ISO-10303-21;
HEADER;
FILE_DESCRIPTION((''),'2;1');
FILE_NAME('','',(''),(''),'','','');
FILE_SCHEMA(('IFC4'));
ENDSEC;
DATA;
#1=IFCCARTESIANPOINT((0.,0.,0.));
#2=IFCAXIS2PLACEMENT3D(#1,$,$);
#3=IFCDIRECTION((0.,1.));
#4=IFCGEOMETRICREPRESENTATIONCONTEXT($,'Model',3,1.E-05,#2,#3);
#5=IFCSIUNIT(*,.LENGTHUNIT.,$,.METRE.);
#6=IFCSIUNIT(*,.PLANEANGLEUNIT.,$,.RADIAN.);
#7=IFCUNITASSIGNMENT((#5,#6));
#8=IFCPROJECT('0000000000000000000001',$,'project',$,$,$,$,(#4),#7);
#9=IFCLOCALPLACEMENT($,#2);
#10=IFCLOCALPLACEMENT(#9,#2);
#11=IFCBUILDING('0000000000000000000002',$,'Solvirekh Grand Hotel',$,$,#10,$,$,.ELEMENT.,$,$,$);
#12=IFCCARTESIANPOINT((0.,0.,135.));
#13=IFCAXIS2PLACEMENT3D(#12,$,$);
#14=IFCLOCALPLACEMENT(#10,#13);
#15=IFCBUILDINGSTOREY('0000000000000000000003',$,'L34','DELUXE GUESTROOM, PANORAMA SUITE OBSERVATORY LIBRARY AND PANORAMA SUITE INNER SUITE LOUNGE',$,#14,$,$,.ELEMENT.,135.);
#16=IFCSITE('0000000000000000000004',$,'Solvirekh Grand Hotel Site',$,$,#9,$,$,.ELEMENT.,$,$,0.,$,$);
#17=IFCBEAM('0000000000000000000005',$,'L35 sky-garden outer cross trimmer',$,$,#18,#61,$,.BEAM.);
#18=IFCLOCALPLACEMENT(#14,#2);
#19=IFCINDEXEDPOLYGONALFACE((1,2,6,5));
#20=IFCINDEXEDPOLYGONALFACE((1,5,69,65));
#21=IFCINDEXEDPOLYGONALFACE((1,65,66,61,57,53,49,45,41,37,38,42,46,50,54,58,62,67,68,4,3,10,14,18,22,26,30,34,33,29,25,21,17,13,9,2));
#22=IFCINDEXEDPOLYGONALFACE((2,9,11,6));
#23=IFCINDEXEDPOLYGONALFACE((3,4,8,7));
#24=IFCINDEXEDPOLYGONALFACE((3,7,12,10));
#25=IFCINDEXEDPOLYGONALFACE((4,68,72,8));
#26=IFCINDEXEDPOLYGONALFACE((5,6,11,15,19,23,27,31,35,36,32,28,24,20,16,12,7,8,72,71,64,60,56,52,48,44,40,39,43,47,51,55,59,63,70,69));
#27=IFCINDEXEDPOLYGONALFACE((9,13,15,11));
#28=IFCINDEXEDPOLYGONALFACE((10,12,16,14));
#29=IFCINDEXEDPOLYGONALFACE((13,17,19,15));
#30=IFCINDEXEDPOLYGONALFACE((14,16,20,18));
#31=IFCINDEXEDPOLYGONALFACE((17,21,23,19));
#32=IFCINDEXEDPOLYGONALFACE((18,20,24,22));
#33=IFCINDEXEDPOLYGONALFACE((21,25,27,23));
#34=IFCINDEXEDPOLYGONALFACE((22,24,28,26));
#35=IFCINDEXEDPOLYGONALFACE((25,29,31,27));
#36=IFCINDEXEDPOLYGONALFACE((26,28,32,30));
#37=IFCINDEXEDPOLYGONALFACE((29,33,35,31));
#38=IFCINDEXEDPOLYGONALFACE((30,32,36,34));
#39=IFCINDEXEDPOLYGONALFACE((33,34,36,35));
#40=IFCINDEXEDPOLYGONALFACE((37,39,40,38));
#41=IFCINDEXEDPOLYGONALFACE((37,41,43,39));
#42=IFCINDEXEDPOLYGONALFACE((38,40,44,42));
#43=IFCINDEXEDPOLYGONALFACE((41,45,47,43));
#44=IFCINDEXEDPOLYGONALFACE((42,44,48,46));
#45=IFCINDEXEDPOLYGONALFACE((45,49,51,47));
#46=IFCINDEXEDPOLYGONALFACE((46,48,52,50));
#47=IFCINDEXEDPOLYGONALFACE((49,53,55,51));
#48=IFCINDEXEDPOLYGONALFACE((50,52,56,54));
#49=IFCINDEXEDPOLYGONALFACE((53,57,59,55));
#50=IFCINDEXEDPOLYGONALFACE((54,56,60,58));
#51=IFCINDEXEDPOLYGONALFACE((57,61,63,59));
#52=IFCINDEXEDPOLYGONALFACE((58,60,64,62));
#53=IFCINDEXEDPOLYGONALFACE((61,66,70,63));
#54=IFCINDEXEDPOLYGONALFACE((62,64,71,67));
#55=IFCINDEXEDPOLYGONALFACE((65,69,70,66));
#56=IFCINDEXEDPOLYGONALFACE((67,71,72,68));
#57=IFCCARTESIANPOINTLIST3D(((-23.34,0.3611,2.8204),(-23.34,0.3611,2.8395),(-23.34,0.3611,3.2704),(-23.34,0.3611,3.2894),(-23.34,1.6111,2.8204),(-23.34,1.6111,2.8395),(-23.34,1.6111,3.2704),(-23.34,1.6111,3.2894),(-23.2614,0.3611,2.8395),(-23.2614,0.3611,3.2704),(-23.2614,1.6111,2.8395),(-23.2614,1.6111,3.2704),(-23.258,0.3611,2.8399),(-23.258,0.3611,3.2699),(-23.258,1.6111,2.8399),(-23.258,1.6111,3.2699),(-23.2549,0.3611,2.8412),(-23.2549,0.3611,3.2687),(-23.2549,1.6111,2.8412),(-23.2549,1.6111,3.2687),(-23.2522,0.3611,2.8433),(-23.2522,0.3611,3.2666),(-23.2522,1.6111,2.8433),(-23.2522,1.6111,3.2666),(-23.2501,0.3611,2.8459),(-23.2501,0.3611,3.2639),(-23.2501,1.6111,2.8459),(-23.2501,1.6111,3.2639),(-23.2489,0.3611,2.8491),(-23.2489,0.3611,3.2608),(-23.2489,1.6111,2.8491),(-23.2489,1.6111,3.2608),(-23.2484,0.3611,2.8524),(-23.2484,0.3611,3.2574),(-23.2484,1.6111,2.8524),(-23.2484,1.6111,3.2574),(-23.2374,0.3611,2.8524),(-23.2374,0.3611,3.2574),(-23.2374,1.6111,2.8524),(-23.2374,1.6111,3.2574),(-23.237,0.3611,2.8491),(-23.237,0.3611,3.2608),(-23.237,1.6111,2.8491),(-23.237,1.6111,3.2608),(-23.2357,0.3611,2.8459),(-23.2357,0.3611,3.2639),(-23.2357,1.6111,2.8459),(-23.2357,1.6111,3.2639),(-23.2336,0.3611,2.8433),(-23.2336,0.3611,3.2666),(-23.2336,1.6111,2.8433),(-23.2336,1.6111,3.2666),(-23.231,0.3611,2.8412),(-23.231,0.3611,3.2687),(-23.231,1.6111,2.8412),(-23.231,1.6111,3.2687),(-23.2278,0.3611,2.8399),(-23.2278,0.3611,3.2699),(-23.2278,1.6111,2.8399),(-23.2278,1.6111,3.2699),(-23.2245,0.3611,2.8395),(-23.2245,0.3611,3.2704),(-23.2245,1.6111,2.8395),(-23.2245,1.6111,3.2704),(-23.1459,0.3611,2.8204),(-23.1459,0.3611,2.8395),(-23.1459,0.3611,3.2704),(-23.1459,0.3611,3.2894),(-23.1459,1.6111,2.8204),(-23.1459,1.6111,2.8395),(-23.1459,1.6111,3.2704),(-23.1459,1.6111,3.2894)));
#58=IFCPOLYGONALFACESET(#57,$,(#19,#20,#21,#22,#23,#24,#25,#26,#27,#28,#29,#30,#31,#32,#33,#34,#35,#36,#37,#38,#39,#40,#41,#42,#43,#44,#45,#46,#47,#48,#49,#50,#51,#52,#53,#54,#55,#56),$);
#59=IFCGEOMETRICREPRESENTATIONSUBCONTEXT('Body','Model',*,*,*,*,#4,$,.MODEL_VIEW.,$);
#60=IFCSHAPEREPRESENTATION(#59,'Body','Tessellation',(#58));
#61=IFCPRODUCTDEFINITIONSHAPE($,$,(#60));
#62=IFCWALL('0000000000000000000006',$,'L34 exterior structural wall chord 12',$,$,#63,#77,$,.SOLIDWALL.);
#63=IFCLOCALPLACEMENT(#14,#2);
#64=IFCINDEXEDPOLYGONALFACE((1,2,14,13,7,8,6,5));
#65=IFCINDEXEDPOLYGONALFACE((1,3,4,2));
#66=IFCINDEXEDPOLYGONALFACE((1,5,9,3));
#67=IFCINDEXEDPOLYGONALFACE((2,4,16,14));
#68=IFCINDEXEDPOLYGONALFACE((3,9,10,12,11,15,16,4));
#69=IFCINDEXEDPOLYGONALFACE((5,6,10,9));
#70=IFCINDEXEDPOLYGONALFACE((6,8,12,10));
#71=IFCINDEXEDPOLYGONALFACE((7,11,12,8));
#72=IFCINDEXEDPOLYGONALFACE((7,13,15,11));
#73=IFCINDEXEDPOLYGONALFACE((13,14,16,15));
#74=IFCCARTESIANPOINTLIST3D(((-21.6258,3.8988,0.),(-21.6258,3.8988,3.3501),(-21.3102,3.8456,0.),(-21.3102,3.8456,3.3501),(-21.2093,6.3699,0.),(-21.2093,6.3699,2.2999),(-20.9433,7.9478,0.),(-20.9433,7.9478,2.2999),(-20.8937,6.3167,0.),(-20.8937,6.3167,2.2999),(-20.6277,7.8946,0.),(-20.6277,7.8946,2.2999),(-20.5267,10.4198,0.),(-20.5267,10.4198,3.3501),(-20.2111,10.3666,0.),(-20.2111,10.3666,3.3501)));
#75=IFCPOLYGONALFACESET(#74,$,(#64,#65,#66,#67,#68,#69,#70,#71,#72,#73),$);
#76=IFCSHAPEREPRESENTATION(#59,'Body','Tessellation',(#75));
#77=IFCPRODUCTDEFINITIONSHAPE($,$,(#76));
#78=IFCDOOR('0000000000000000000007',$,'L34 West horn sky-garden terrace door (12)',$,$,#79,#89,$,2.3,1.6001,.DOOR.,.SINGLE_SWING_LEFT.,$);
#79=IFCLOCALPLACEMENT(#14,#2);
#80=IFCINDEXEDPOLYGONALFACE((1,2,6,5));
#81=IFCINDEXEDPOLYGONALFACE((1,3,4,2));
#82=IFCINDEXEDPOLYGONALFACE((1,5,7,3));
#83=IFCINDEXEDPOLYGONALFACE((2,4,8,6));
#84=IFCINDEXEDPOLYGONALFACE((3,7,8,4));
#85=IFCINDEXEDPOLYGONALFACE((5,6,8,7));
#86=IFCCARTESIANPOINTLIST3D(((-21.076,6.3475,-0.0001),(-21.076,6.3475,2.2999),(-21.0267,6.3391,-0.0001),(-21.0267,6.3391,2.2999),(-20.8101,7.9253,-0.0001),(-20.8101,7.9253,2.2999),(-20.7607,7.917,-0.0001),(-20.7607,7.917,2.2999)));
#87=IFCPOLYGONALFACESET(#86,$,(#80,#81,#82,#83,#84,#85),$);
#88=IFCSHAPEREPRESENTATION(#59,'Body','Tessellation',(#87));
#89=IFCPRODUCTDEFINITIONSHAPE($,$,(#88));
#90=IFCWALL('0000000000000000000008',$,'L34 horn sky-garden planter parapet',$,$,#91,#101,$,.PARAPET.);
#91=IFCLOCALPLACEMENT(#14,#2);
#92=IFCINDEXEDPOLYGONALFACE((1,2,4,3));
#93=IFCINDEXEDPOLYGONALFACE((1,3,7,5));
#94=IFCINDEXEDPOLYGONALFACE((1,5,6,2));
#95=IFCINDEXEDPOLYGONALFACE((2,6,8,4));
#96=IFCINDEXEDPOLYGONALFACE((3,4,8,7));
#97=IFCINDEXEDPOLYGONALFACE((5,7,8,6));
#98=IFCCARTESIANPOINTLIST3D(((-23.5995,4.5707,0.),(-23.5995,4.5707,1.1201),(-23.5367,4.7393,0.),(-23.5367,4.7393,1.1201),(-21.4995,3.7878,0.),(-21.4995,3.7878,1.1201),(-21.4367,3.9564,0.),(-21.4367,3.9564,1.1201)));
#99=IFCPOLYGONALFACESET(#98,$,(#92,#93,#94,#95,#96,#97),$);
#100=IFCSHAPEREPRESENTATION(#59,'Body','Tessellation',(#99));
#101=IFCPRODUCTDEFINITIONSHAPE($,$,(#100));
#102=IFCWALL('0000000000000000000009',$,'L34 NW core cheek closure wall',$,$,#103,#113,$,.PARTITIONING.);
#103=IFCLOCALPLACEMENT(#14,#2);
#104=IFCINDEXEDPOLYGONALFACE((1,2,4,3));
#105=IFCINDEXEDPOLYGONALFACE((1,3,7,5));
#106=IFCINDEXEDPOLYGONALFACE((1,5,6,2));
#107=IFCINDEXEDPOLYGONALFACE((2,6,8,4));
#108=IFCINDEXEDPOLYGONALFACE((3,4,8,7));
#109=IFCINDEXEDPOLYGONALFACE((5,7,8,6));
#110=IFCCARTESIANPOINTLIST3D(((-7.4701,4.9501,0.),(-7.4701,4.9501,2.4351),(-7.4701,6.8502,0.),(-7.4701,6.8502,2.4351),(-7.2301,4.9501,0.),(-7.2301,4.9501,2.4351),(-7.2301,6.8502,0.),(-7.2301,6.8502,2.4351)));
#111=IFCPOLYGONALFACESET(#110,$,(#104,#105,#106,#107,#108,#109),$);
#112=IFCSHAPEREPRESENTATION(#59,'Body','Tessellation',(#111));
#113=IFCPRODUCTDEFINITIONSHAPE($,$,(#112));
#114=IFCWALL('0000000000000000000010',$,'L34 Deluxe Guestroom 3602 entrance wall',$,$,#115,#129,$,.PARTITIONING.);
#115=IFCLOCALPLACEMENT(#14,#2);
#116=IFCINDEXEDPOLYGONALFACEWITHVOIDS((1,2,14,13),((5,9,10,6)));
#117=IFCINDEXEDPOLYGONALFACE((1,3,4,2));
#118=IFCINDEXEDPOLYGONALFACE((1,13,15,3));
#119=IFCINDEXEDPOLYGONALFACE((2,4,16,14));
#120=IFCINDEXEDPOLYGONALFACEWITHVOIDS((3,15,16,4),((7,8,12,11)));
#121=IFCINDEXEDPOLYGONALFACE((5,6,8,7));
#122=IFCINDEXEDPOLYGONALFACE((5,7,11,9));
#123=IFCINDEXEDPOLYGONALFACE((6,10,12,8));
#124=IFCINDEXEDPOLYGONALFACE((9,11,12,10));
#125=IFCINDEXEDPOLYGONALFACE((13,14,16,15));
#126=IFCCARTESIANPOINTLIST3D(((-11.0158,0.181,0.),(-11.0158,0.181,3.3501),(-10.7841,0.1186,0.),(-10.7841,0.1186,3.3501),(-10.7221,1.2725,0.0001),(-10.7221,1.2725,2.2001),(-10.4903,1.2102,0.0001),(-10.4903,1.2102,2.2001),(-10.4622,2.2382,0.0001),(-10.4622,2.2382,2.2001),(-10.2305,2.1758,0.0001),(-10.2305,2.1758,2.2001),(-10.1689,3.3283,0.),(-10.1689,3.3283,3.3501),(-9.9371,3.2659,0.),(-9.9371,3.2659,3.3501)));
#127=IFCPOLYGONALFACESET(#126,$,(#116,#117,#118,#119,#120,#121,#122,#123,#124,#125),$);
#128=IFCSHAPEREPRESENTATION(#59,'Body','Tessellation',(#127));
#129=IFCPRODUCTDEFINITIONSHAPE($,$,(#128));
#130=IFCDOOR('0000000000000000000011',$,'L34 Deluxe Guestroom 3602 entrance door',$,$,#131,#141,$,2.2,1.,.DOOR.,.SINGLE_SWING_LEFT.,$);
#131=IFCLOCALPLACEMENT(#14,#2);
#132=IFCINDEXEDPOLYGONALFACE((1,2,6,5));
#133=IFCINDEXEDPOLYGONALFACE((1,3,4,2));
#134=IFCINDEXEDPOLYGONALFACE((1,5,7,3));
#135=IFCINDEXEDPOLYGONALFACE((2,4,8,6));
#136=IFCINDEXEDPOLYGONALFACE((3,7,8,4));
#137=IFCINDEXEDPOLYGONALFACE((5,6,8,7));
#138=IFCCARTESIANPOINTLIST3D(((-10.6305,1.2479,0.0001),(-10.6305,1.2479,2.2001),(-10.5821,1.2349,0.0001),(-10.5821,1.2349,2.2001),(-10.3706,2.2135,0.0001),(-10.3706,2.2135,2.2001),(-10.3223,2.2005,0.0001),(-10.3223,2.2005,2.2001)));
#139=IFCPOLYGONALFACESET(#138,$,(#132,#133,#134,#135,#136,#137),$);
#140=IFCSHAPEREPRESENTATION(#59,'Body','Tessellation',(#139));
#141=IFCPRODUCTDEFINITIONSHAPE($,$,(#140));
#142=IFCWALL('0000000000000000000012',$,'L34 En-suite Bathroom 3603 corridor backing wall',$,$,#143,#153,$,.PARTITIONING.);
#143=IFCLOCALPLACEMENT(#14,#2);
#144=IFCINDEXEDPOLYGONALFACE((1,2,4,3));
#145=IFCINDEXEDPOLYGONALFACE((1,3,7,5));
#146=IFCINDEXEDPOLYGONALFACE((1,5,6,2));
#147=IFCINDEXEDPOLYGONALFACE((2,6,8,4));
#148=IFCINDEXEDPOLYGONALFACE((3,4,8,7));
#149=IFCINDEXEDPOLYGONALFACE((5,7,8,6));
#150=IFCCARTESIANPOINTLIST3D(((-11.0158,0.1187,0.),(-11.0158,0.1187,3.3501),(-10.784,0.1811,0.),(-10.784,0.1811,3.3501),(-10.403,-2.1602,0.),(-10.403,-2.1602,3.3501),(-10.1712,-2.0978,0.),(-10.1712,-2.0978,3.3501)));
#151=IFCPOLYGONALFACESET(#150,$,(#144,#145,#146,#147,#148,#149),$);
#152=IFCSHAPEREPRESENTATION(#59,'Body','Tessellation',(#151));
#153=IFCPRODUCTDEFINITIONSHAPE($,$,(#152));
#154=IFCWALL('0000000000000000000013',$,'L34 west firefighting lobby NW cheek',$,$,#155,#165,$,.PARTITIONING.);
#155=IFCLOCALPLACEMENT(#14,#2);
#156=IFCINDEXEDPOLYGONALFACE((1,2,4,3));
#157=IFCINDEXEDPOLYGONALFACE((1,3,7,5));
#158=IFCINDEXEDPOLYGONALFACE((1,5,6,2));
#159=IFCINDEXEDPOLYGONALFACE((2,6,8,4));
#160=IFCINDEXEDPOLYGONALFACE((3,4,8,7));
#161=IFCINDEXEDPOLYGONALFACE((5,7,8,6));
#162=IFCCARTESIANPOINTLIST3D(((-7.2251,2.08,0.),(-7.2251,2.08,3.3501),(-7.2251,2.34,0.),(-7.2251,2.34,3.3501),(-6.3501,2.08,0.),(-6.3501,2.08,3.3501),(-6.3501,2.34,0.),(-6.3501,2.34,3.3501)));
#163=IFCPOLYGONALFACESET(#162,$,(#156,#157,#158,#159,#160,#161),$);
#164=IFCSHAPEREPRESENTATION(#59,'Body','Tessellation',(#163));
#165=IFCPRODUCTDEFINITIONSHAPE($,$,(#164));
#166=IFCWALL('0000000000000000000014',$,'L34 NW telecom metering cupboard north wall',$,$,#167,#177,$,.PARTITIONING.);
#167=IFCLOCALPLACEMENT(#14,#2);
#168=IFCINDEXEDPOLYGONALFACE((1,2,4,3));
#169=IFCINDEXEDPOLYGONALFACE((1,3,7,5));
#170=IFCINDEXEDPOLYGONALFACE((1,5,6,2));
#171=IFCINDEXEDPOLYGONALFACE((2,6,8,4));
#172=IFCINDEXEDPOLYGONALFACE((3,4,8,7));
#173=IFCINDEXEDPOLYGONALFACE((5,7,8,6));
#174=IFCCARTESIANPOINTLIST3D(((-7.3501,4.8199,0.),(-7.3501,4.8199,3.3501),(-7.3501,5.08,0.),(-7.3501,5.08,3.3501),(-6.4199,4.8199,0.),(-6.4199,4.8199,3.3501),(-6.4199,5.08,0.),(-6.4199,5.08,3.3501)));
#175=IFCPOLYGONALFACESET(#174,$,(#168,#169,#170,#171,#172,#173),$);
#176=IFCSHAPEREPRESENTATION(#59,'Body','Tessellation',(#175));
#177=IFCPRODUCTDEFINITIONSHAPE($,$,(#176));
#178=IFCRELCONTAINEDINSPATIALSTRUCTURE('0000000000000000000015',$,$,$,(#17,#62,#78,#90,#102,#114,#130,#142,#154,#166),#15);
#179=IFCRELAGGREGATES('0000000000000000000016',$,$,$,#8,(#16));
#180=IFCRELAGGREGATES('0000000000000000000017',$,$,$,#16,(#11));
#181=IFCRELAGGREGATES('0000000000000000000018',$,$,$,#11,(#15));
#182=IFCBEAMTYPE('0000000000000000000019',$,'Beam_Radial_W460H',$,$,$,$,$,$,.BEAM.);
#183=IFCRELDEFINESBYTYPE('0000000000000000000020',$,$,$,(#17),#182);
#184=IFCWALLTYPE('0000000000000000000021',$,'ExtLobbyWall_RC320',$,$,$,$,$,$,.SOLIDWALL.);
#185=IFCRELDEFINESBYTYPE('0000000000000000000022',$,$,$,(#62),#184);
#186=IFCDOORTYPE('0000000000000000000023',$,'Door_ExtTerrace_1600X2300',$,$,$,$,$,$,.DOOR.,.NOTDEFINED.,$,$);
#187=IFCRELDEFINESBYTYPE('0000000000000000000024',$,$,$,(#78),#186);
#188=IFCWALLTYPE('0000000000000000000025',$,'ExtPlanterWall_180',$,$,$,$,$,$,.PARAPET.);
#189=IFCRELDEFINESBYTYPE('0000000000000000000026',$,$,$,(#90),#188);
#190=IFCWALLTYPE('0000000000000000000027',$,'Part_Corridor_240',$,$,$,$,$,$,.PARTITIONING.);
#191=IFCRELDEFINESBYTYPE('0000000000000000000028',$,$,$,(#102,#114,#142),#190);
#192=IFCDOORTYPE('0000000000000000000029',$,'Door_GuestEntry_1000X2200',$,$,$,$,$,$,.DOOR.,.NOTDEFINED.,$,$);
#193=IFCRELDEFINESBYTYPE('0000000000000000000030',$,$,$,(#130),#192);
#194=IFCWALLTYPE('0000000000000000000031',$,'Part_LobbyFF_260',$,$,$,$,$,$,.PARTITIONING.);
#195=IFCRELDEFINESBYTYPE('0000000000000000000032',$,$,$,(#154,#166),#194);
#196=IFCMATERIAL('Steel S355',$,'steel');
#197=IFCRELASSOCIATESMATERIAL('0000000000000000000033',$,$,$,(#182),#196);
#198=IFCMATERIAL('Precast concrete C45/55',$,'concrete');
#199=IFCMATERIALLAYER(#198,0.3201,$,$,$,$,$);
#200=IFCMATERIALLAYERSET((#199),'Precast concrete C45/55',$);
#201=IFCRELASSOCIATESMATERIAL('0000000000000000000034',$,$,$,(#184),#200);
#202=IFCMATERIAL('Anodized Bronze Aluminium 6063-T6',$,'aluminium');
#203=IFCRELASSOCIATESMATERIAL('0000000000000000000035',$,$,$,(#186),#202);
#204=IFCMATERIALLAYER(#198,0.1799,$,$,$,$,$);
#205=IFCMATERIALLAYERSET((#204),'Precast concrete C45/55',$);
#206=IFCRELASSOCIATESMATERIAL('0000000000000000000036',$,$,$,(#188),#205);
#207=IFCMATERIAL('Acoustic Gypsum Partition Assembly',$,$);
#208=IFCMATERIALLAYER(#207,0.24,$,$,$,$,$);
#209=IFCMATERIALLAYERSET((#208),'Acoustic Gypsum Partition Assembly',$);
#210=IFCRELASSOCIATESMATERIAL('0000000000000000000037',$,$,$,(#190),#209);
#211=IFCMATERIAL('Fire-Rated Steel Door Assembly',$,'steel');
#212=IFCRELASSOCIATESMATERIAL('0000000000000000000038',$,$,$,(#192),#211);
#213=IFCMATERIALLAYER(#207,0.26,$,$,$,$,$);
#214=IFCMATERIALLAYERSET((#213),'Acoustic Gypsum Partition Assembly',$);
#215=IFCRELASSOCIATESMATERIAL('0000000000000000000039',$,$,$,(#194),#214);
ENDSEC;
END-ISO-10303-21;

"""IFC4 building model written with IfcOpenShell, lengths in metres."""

from ifc_helpers import new_model, si_unit, direction, frame, frame_2d, origin, origin_2d, place, context, subcontext, project, spatial, rectangle, i_section, extrude, material, layer, layer_set, material_profile, profile_set, type_object, element, fill, save


model = new_model("IFC4")

# Units and contexts
model_context = context("Model", 3, precision=1e-05, world=origin(), true_north=direction((0.0, 1.0)))
body_context = subcontext(model_context, "Body", "Model", "MODEL_VIEW")
ifc_project = project(units=[si_unit("LENGTHUNIT", "METRE"), si_unit("PLANEANGLEUNIT", "RADIAN")], contexts=[model_context])

# Site, building, storey
site_placement = place(None, origin())
site = spatial("IfcSite", under=ifc_project, at=site_placement, Name="Solvirekh Grand Hotel Site", CompositionType="ELEMENT", RefElevation=0.0)
building_placement = place(site_placement, origin())
building = spatial("IfcBuilding", under=site, at=building_placement, Name="Solvirekh Grand Hotel", CompositionType="ELEMENT")
storey_placement = place(building_placement, frame((0.0, 0.0, 135.0)))
storey = spatial("IfcBuildingStorey", under=building, at=storey_placement, Name="L34", Description="DELUXE GUESTROOM, PANORAMA SUITE OBSERVATORY LIBRARY AND PANORAMA SUITE INNER SUITE LOUNGE", CompositionType="ELEMENT", Elevation=135.0)

# Beam
ifc_material_1 = material(Name="Steel S355", Category="steel")
ifc_material_profile = material_profile(ifc_material_1, i_section(OverallWidth=0.1941, OverallDepth=0.469, WebThickness=0.011, FlangeThickness=0.019, FilletRadius=0.0129, at=origin_2d()), Name="W460X106")
ifc_profile_set = profile_set([ifc_material_profile], Name="Steel S355")
beam_type = type_object("IfcBeamType", Name="Beam_Radial_W460H", PredefinedType="BEAM", material=ifc_profile_set)
beam_placement = place(storey_placement, frame((-23.2429, 1.6111, 3.0549), z_axis=(0.0, -1.0, 0.0), x_axis=(1.0, 0.0, 0.0)))
element("IfcBeam", 1, at=beam_placement, inside=storey, type_object=beam_type, Name="L35 sky-garden outer cross trimmer", PredefinedType="BEAM", context=body_context, shape_type="SweptSolid", body=[
    extrude(i_section(OverallWidth=0.1941, OverallDepth=0.469, WebThickness=0.011, FlangeThickness=0.019, FilletRadius=0.0129, at=origin_2d()), origin(), (0.0, 0.0, 1.0), 1.25),
])

# Wall, opening, door
ifc_material_2 = material(Name="Precast concrete C45/55", Category="concrete")
ifc_layer_1 = layer(ifc_material_2, 0.3201)
ifc_layer_set_1 = layer_set([ifc_layer_1], Name="Precast concrete C45/55")
wall_type_1 = type_object("IfcWallType", Name="ExtLobbyWall_RC320", PredefinedType="SOLIDWALL", material=ifc_layer_set_1)
wall_1_placement = place(storey_placement, frame((-21.468, 3.8721, 0.0), z_axis=(0.0, 0.0, 1.0), x_axis=(0.166207, 0.986091, 0.0)))
wall_1 = element("IfcWall", 2, at=wall_1_placement, inside=storey, type_object=wall_type_1, Name="L34 exterior structural wall chord 12", PredefinedType="SOLIDWALL", context=body_context, shape_type="SweptSolid", body=[
    extrude(rectangle(XDim=6.613, YDim=0.3201, at=frame_2d((3.3066, 0.0))), origin(), (0.0, 0.0, 1.0), 3.3501),
])
opening_1_placement = place(wall_1_placement, frame((2.5061, 0.0, 0.0)))
opening_1 = element("IfcOpeningElement", 3, at=opening_1_placement, cuts=wall_1, PredefinedType="OPENING", context=body_context, shape_type="SweptSolid", body=[
    extrude(rectangle(XDim=1.6001, YDim=2.3, at=frame_2d((0.8, 1.1499))), frame((0.0, 0.1699, 0.0), z_axis=(0.0, -1.0, 0.0), x_axis=(1.0, 0.0, 0.0)), (0.0, 0.0, 1.0), 0.3401),
])
ifc_material_3 = material(Name="Anodized Bronze Aluminium 6063-T6", Category="aluminium")
door_type_1 = type_object("IfcDoorType", Name="Door_ExtTerrace_1600X2300", OperationType="NOTDEFINED", PredefinedType="DOOR", material=ifc_material_3)
door_1_placement = place(opening_1_placement, origin())
door_1 = element("IfcDoor", 4, at=door_1_placement, inside=storey, type_object=door_type_1, Name="L34 West horn sky-garden terrace door (12)", OperationType="SINGLE_SWING_LEFT", OverallHeight=2.3, OverallWidth=1.6001, PredefinedType="DOOR", context=body_context, shape_type="SweptSolid", body=[
    extrude(rectangle(XDim=1.6001, YDim=2.3, at=frame_2d((0.8, 1.1499))), frame((0.0, 0.0249, 0.0), z_axis=(0.0, -1.0, 0.0), x_axis=(1.0, 0.0, 0.0)), (0.0, 0.0, 1.0), 0.05),
])
fill(opening_1, door_1)

# Walls
ifc_layer_2 = layer(ifc_material_2, 0.1799)
ifc_layer_set_2 = layer_set([ifc_layer_2], Name="Precast concrete C45/55")
wall_type_2 = type_object("IfcWallType", Name="ExtPlanterWall_180", PredefinedType="PARAPET", material=ifc_layer_set_2)
wall_2_placement = place(storey_placement, frame((-23.5681, 4.655, 0.0), z_axis=(0.0, 0.0, 1.0), x_axis=(0.936999, -0.349332, 0.0)))
element("IfcWall", 5, at=wall_2_placement, inside=storey, type_object=wall_type_2, Name="L34 horn sky-garden planter parapet", PredefinedType="PARAPET", context=body_context, shape_type="SweptSolid", body=[
    extrude(rectangle(XDim=2.2412, YDim=0.1799, at=frame_2d((1.1206, 0.0))), origin(), (0.0, 0.0, 1.0), 1.1201),
])
ifc_material_4 = material(Name="Acoustic Gypsum Partition Assembly")
ifc_layer_3 = layer(ifc_material_4, 0.24)
ifc_layer_set_3 = layer_set([ifc_layer_3], Name="Acoustic Gypsum Partition Assembly")
wall_type_3 = type_object("IfcWallType", Name="Part_Corridor_240", PredefinedType="PARTITIONING", material=ifc_layer_set_3)
wall_3_placement = place(storey_placement, frame((-7.3501, 4.95, 0.0), z_axis=(0.0, 0.0, 1.0), x_axis=(0.0, 1.0, 0.0)))
element("IfcWall", 6, at=wall_3_placement, inside=storey, type_object=wall_type_3, Name="L34 NW core cheek closure wall", PredefinedType="PARTITIONING", context=body_context, shape_type="SweptSolid", body=[
    extrude(rectangle(XDim=1.9001, YDim=0.24, at=frame_2d((0.9502, 0.0))), origin(), (0.0, 0.0, 1.0), 2.4351),
])

# Wall, opening, door
wall_4_placement = place(storey_placement, frame((-10.053, 3.2971, 0.0), z_axis=(0.0, 0.0, 1.0), x_axis=(-0.259858, -0.965647, 0.0)))
wall_4 = element("IfcWall", 7, at=wall_4_placement, inside=storey, type_object=wall_type_3, Name="L34 Deluxe Guestroom 3602 entrance wall", PredefinedType="PARTITIONING", context=body_context, shape_type="SweptSolid", body=[
    extrude(rectangle(XDim=3.2593, YDim=0.24, at=frame_2d((1.6296, 0.0))), origin(), (0.0, 0.0, 1.0), 3.3501),
])
opening_2_placement = place(wall_4_placement, frame((1.1289, 0.0, 0.0)))
opening_2 = element("IfcOpeningElement", 8, at=opening_2_placement, cuts=wall_4, PredefinedType="OPENING", context=body_context, shape_type="SweptSolid", body=[
    extrude(rectangle(XDim=1.0, YDim=2.2, at=frame_2d((0.5, 1.1001))), frame((0.0, 0.1299, 0.0), z_axis=(0.0, -1.0, 0.0), x_axis=(1.0, 0.0, 0.0)), (0.0, 0.0, 1.0), 0.26),
])
ifc_material_5 = material(Name="Fire-Rated Steel Door Assembly", Category="steel")
door_type_2 = type_object("IfcDoorType", Name="Door_GuestEntry_1000X2200", OperationType="NOTDEFINED", PredefinedType="DOOR", material=ifc_material_5)
door_2_placement = place(opening_2_placement, origin())
door_2 = element("IfcDoor", 9, at=door_2_placement, inside=storey, type_object=door_type_2, Name="L34 Deluxe Guestroom 3602 entrance door", OperationType="SINGLE_SWING_LEFT", OverallHeight=2.2, OverallWidth=1.0, PredefinedType="DOOR", context=body_context, shape_type="SweptSolid", body=[
    extrude(rectangle(XDim=1.0, YDim=2.2, at=frame_2d((0.5, 1.1001))), frame((0.0, 0.0249, 0.0), z_axis=(0.0, -1.0, 0.0), x_axis=(1.0, 0.0, 0.0)), (0.0, 0.0, 1.0), 0.05),
])
fill(opening_2, door_2)

# Walls
wall_5_placement = place(storey_placement, frame((-10.8999, 0.1499, 0.0), z_axis=(0.0, 0.0, 1.0), x_axis=(0.259684, -0.965694, 0.0)))
element("IfcWall", 10, at=wall_5_placement, inside=storey, type_object=wall_type_3, Name="L34 En-suite Bathroom 3603 corridor backing wall", PredefinedType="PARTITIONING", context=body_context, shape_type="SweptSolid", body=[
    extrude(rectangle(XDim=2.3599, YDim=0.24, at=frame_2d((1.1799, 0.0))), origin(), (0.0, 0.0, 1.0), 3.3501),
])
ifc_layer_4 = layer(ifc_material_4, 0.26)
ifc_layer_set_4 = layer_set([ifc_layer_4], Name="Acoustic Gypsum Partition Assembly")
wall_type_4 = type_object("IfcWallType", Name="Part_LobbyFF_260", PredefinedType="PARTITIONING", material=ifc_layer_set_4)
wall_6_placement = place(storey_placement, frame((-7.2251, 2.21, 0.0), z_axis=(0.0, 0.0, 1.0), x_axis=(1.0, 0.0, 0.0)))
element("IfcWall", 11, at=wall_6_placement, inside=storey, type_object=wall_type_4, Name="L34 west firefighting lobby NW cheek", PredefinedType="PARTITIONING", context=body_context, shape_type="SweptSolid", body=[
    extrude(rectangle(XDim=0.875, YDim=0.26, at=frame_2d((0.4375, 0.0))), origin(), (0.0, 0.0, 1.0), 3.3501),
])
for number, where, z_axis, x_axis, name in (
    (12, (-7.3501, 4.95, 0.0), (0.0, 0.0, 1.0), (1.0, 0.0, 0.0), "L34 NW telecom metering cupboard north wall"),
):
    element("IfcWall", number, at=place(storey_placement, frame(where, z_axis=z_axis, x_axis=x_axis)), inside=storey, type_object=wall_type_4, Name=name, PredefinedType="PARTITIONING", context=body_context, shape_type="SweptSolid", body=[
        extrude(rectangle(XDim=0.9302, YDim=0.26, at=frame_2d((0.4651, 0.0))), origin(), (0.0, 0.0, 1.0), 3.3501),
    ])

save(model, "model.ifc")
